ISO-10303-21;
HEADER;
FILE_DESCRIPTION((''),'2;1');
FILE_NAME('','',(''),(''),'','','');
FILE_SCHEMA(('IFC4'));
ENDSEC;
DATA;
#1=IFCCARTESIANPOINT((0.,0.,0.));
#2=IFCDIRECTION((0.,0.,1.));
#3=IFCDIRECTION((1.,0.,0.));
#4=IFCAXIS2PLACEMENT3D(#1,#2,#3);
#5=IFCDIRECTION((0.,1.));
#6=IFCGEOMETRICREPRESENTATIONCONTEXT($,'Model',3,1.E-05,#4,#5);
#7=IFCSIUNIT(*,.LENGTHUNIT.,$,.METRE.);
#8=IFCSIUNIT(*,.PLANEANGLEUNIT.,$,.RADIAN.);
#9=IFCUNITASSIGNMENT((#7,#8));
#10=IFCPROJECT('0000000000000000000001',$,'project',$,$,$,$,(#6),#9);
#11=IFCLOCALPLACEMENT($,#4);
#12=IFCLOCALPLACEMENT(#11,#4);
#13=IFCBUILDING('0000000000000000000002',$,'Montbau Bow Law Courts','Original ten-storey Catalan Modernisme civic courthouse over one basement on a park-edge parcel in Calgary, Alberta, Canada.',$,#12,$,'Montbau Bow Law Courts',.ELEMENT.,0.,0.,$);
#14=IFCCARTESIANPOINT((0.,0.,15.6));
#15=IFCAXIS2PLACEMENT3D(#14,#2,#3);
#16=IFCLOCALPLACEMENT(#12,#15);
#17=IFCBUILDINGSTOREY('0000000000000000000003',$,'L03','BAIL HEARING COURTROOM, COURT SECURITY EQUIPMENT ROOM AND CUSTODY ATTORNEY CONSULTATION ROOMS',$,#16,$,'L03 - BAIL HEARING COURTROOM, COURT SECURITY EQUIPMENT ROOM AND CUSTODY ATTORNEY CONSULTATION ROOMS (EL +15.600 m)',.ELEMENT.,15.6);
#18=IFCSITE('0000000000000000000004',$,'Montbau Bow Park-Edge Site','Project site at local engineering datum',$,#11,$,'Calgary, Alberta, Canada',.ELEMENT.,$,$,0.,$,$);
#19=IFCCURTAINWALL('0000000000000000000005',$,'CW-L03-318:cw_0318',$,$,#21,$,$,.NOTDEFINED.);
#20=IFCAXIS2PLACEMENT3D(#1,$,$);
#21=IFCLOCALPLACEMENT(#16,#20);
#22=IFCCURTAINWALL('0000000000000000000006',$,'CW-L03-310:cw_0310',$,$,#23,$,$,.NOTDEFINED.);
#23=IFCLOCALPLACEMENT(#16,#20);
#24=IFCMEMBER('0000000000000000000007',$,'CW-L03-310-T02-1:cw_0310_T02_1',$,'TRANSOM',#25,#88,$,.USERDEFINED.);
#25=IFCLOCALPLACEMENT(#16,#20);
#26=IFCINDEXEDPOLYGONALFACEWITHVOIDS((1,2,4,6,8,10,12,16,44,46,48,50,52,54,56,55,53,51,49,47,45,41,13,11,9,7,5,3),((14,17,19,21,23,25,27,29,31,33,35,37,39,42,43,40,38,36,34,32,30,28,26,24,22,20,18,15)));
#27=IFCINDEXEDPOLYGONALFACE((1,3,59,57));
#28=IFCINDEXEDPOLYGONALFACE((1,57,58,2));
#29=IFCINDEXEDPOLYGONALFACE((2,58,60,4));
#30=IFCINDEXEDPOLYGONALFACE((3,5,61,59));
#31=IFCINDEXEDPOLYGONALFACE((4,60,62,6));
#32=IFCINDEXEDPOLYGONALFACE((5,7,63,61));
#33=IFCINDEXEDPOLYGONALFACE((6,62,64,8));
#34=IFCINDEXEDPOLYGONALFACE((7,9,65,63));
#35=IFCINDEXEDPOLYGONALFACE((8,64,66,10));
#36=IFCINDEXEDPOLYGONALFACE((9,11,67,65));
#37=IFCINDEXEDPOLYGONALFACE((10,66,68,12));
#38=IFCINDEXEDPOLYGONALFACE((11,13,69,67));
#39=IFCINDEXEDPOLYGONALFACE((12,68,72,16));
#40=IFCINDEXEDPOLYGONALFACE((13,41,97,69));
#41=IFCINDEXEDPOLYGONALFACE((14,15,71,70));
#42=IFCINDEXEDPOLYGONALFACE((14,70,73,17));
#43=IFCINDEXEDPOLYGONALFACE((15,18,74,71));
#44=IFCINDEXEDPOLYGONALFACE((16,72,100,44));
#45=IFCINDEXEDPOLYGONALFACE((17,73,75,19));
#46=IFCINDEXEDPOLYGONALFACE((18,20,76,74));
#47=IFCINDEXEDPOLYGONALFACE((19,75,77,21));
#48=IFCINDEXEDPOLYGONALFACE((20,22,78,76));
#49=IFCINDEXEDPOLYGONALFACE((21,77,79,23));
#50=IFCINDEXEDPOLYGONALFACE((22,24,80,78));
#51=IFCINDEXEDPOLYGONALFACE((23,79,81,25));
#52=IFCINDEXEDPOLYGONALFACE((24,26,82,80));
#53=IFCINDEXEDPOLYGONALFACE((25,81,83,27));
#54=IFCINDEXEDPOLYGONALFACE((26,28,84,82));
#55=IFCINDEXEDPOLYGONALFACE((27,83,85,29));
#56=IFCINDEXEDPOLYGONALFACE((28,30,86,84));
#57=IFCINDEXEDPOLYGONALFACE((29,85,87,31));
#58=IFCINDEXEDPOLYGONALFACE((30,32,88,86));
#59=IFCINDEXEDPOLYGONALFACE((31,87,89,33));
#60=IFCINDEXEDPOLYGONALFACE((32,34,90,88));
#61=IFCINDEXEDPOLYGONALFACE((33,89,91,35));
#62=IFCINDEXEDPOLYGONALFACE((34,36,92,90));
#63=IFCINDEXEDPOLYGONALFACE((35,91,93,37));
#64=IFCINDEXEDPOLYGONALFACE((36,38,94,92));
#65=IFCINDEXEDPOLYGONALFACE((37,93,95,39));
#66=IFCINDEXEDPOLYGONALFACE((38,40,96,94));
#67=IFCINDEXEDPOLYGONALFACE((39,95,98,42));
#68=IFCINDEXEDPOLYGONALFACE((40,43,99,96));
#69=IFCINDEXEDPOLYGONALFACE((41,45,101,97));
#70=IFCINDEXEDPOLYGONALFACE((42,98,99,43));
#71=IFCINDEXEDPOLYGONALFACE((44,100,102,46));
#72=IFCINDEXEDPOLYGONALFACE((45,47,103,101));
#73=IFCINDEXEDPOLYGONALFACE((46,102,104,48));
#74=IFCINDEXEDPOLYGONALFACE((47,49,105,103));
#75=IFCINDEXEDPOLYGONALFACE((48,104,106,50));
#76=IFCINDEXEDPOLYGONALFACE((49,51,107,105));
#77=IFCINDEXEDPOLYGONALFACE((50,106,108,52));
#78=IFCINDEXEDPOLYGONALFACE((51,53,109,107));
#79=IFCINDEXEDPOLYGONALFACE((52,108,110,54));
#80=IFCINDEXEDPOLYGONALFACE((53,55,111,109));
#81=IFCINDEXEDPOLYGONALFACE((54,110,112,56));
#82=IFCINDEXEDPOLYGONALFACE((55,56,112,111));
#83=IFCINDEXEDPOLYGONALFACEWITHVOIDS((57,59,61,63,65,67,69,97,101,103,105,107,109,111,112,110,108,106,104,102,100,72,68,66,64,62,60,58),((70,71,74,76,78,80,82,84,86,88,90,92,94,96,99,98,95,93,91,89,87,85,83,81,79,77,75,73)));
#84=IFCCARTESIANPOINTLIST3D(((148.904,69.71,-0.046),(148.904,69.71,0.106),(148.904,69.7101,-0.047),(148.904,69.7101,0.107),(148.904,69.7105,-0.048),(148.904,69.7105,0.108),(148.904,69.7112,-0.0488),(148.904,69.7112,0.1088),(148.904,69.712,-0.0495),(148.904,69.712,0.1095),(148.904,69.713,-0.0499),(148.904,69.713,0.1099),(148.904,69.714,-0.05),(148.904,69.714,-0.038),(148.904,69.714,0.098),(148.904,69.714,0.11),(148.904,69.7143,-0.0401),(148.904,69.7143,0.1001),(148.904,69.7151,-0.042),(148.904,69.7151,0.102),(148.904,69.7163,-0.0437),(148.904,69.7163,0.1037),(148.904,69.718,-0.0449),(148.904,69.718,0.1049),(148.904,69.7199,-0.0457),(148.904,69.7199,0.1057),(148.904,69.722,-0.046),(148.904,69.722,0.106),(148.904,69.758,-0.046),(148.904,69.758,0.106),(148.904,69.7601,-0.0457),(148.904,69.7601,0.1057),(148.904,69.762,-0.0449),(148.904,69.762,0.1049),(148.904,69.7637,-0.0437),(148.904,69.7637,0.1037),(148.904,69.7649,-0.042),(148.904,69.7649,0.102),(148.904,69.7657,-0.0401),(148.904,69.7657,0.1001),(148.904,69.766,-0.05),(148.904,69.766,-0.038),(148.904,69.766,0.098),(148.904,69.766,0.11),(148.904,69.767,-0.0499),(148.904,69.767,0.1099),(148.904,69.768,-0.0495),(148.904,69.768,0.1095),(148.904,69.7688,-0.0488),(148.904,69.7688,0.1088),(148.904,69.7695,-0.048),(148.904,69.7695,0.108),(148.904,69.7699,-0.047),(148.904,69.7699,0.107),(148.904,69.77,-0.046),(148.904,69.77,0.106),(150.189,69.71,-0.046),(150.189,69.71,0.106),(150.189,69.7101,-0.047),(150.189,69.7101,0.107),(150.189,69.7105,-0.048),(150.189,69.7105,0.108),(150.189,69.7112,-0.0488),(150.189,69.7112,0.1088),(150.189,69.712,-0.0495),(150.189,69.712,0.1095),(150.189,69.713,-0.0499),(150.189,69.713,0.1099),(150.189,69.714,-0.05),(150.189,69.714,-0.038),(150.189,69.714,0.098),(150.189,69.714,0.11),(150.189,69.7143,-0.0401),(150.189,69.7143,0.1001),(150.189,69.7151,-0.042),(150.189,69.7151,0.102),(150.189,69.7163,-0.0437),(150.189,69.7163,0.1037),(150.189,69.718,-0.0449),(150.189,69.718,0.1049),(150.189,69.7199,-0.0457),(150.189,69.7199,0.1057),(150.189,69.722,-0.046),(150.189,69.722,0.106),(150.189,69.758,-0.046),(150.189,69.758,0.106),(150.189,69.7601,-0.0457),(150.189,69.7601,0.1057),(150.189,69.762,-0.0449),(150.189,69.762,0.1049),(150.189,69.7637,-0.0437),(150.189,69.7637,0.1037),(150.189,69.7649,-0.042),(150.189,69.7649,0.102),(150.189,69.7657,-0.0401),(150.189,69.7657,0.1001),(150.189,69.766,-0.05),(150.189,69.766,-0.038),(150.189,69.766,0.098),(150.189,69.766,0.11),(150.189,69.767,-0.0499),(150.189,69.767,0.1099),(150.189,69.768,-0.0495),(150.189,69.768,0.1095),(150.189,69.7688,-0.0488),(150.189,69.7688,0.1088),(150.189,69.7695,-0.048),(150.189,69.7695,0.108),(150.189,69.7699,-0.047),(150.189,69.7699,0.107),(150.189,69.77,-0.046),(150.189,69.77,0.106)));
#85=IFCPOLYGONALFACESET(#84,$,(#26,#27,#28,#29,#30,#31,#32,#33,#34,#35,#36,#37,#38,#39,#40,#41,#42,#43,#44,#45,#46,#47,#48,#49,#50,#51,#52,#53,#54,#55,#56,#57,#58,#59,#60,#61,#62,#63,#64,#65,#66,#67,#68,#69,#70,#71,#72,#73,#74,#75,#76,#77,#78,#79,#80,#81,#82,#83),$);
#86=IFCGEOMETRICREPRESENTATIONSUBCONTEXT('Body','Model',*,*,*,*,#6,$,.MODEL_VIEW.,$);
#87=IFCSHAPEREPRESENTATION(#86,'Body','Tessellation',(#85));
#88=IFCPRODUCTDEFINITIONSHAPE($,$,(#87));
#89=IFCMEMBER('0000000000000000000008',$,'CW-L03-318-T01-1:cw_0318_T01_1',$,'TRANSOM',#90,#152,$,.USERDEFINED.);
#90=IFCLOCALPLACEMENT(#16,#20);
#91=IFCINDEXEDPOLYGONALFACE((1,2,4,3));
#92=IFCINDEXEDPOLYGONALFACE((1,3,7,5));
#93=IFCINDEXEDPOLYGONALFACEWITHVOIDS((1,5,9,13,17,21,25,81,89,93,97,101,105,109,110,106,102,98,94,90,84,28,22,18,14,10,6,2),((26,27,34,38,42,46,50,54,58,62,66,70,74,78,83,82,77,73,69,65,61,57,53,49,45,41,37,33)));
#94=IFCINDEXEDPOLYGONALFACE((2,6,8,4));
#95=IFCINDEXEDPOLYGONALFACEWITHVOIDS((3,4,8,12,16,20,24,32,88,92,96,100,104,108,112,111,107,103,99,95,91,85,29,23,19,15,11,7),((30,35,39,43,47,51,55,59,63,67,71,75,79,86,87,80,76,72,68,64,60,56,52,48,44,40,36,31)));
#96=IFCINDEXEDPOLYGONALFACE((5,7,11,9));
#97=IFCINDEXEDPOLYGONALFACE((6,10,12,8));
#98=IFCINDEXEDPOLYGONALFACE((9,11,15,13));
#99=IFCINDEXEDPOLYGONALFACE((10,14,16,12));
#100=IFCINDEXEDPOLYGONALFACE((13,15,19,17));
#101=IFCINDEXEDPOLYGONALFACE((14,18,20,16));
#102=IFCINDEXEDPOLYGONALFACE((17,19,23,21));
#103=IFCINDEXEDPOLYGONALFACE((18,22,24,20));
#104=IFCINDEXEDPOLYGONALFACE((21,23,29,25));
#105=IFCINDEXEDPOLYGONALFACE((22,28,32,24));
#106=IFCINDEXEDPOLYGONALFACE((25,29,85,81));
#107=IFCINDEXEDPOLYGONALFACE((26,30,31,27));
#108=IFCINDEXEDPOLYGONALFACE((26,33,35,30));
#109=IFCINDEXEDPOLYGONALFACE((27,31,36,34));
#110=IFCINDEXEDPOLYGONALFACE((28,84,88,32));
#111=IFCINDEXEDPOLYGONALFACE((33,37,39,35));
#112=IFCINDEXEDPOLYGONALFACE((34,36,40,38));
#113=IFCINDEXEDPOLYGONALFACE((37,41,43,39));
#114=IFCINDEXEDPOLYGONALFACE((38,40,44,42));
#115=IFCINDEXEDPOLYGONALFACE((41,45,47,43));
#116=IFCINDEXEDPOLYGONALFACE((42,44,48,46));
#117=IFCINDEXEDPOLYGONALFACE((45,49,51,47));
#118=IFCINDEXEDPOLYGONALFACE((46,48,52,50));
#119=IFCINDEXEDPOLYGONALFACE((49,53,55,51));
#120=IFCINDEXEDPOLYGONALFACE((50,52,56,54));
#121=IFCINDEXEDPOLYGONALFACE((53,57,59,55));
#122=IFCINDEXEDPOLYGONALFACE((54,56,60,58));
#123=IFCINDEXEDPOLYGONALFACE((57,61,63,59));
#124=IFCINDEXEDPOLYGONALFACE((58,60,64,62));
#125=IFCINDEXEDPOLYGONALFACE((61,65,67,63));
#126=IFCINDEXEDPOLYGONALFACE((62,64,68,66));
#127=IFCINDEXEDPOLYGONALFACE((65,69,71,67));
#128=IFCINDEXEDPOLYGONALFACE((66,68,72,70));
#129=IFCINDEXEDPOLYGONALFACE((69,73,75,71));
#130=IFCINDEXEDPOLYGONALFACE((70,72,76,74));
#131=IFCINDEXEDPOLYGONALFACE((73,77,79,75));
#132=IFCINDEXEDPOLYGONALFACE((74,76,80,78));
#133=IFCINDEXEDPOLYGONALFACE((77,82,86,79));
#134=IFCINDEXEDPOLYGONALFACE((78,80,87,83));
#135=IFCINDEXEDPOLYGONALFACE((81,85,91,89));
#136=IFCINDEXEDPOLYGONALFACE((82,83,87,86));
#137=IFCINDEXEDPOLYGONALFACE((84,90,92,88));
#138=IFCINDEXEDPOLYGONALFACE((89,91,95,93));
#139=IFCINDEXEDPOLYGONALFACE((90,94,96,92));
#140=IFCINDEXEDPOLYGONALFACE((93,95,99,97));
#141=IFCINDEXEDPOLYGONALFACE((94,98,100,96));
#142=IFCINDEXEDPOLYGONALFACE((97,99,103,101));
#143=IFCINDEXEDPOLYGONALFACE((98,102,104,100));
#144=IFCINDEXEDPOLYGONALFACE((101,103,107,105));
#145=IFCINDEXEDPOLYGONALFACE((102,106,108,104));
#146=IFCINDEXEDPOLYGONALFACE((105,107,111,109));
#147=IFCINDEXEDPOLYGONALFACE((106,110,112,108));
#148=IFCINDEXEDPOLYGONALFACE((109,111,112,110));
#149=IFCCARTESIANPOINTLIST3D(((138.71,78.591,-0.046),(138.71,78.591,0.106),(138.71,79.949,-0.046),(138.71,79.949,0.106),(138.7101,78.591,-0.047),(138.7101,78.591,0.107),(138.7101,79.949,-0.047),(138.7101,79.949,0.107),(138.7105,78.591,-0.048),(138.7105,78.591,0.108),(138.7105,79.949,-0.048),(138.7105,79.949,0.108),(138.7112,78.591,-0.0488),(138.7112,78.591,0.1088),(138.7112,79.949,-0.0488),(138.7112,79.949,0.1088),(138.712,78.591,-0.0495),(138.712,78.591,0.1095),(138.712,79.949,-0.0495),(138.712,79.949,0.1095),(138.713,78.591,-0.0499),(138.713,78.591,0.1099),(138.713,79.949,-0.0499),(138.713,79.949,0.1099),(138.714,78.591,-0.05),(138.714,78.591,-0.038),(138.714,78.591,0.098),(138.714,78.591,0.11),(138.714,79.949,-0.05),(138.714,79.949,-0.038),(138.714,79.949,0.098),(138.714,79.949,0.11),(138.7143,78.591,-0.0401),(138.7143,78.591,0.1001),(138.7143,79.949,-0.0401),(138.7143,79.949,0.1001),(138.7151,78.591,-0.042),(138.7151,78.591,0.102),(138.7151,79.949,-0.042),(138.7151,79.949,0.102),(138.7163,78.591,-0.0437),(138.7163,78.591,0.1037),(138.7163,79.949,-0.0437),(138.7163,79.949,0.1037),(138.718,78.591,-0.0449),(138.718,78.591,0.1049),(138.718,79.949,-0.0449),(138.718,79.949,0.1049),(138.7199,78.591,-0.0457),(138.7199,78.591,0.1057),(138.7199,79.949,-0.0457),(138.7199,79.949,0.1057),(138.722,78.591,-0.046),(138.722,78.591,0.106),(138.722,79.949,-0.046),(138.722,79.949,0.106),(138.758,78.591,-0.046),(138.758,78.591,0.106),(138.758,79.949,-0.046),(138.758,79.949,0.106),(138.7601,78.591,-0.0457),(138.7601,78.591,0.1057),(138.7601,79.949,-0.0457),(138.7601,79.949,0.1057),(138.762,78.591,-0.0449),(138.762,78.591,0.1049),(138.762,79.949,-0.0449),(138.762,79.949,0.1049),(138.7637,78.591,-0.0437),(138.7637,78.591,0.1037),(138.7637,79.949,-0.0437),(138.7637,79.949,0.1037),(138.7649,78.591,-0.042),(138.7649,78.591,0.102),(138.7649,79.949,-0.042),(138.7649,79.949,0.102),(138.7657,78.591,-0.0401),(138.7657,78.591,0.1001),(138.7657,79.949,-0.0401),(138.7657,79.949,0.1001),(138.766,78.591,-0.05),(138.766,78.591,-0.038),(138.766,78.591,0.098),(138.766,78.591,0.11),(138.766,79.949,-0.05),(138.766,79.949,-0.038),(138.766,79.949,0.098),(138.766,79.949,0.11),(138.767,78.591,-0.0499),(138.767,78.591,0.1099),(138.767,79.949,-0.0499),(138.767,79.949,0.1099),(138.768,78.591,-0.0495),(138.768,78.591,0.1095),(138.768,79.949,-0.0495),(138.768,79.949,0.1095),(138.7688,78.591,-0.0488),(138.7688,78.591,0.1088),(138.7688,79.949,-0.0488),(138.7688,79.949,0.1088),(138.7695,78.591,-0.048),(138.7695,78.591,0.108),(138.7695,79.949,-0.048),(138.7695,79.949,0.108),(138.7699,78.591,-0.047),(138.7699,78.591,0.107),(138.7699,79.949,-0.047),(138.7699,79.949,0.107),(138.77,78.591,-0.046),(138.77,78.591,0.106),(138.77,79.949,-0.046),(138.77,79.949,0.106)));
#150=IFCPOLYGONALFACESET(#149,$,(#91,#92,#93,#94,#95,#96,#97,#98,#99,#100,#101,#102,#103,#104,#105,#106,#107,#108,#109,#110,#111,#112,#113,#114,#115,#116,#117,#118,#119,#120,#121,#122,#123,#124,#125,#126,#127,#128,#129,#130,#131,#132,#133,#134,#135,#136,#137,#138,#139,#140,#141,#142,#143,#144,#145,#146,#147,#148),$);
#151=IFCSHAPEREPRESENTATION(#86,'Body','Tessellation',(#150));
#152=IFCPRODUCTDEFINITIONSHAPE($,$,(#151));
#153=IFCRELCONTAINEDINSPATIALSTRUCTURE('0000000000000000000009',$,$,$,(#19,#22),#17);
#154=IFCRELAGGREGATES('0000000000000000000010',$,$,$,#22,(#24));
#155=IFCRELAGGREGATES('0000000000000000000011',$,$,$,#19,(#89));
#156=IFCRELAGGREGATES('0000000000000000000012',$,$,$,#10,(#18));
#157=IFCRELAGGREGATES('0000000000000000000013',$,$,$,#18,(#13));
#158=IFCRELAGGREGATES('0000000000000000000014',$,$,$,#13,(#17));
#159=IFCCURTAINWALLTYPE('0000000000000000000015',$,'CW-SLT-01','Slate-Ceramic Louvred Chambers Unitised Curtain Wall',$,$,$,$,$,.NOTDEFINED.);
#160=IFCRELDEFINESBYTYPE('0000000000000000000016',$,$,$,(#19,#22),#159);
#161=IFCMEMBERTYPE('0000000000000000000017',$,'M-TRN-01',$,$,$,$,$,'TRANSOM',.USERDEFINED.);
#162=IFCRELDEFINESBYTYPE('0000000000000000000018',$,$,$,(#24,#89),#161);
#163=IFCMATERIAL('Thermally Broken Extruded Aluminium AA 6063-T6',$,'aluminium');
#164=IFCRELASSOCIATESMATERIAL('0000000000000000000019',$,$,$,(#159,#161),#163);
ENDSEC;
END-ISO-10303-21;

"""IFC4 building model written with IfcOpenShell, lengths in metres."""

from ifc_helpers import new_model, si_unit, direction, frame, origin_with_axes, origin_2d_with_axis, place, context, subcontext, project, spatial, hollow_rectangle, extrude, material, material_profile, profile_set, type_object, element, aggregate, save


model = new_model("IFC4")

# Units and contexts
model_context = context("Model", 3, precision=1e-05, world=origin_with_axes(), true_north=direction((0.0, 1.0)))
body_context = subcontext(model_context, "Body", "Model", "MODEL_VIEW")
ifc_project = project(units=[si_unit("LENGTHUNIT", "METRE"), si_unit("PLANEANGLEUNIT", "RADIAN")], contexts=[model_context])

# Site, building, storey
site_placement = place(None, origin_with_axes())
site = spatial("IfcSite", under=ifc_project, at=site_placement, Name="Montbau Bow Park-Edge Site", Description="Project site at local engineering datum", LongName="Calgary, Alberta, Canada", CompositionType="ELEMENT", RefElevation=0.0)
building_placement = place(site_placement, origin_with_axes())
building = spatial("IfcBuilding", under=site, at=building_placement, Name="Montbau Bow Law Courts", Description="Original ten-storey Catalan Modernisme civic courthouse over one basement on a park-edge parcel in Calgary, Alberta, Canada.", LongName="Montbau Bow Law Courts", CompositionType="ELEMENT", ElevationOfRefHeight=0.0, ElevationOfTerrain=0.0)
storey_placement = place(building_placement, frame((0.0, 0.0, 15.6), z_axis=(0.0, 0.0, 1.0), x_axis=(1.0, 0.0, 0.0)))
storey = spatial("IfcBuildingStorey", under=building, at=storey_placement, Name="L03", Description="BAIL HEARING COURTROOM, COURT SECURITY EQUIPMENT ROOM AND CUSTODY ATTORNEY CONSULTATION ROOMS", LongName="L03 - BAIL HEARING COURTROOM, COURT SECURITY EQUIPMENT ROOM AND CUSTODY ATTORNEY CONSULTATION ROOMS (EL +15.600 m)", CompositionType="ELEMENT", Elevation=15.6)

# Curtain wall
ifc_material_1 = material(Name="Thermally Broken Extruded Aluminium AA 6063-T6", Category="aluminium")
curtain_wall_type = type_object("IfcCurtainWallType", Name="CW-SLT-01", Description="Slate-Ceramic Louvred Chambers Unitised Curtain Wall", PredefinedType="NOTDEFINED", material=ifc_material_1)
curtain_wall_1_placement = place(None, frame((138.74, 78.515, 15.6), z_axis=(0.0, 0.0, 1.0), x_axis=(1.0, 0.0, 0.0)))
curtain_wall_1 = element("IfcCurtainWall", 1, at=curtain_wall_1_placement, inside=storey, type_object=curtain_wall_type, Name="CW-L03-318:cw_0318", PredefinedType="NOTDEFINED")

# Curtain wall
curtain_wall_2_placement = place(None, frame((147.515, 69.74, 15.6), z_axis=(0.0, 0.0, 1.0), x_axis=(1.0, 0.0, 0.0)))
curtain_wall_2 = element("IfcCurtainWall", 2, at=curtain_wall_2_placement, inside=storey, type_object=curtain_wall_type, Name="CW-L03-310:cw_0310", PredefinedType="NOTDEFINED")

# Members
ifc_material_profile_1 = material_profile(ifc_material_1, hollow_rectangle(XDim=0.06, YDim=0.16, WallThickness=0.004, InnerFilletRadius=0.008, OuterFilletRadius=0.004, at=origin_2d_with_axis()), Name="CWT-160X60", Category="Main", Priority=0)
ifc_profile_set_1 = profile_set([ifc_material_profile_1], Name="Thermally Broken Extruded Aluminium AA 6063-T6")
member_type_1 = type_object("IfcMemberType", Name="M-TRN-01", ElementType="TRANSOM", PredefinedType="USERDEFINED", material=ifc_profile_set_1)
member_1_placement = place(None, frame((148.904, 69.74, 15.63), z_axis=(1.0, 0.0, 0.0), x_axis=(0.0, 1.0, 0.0)))
member_1 = element("IfcMember", 3, at=member_1_placement, type_object=member_type_1, Name="CW-L03-310-T02-1:cw_0310_T02_1", ObjectType="TRANSOM", PredefinedType="USERDEFINED", context=body_context, shape_type="SweptSolid", body=[
    extrude(hollow_rectangle(XDim=0.06, YDim=0.16, WallThickness=0.004, InnerFilletRadius=0.008, OuterFilletRadius=0.004, at=origin_2d_with_axis()), origin_with_axes(), (0.0, 0.0, 1.0), 1.285),
])
member_2_placement = place(None, frame((138.74, 78.591, 15.63), z_axis=(0.0, 1.0, 0.0), x_axis=(-1.0, 0.0, 0.0)))
member_2 = element("IfcMember", 4, at=member_2_placement, type_object=member_type_1, Name="CW-L03-318-T01-1:cw_0318_T01_1", ObjectType="TRANSOM", PredefinedType="USERDEFINED", context=body_context, shape_type="SweptSolid", body=[
    extrude(hollow_rectangle(XDim=0.06, YDim=0.16, WallThickness=0.004, InnerFilletRadius=0.008, OuterFilletRadius=0.004, at=origin_2d_with_axis()), origin_with_axes(), (0.0, 0.0, 1.0), 1.358),
])

aggregate(curtain_wall_2, [member_1])
aggregate(curtain_wall_1, [member_2])

save(model, "model.ifc")
